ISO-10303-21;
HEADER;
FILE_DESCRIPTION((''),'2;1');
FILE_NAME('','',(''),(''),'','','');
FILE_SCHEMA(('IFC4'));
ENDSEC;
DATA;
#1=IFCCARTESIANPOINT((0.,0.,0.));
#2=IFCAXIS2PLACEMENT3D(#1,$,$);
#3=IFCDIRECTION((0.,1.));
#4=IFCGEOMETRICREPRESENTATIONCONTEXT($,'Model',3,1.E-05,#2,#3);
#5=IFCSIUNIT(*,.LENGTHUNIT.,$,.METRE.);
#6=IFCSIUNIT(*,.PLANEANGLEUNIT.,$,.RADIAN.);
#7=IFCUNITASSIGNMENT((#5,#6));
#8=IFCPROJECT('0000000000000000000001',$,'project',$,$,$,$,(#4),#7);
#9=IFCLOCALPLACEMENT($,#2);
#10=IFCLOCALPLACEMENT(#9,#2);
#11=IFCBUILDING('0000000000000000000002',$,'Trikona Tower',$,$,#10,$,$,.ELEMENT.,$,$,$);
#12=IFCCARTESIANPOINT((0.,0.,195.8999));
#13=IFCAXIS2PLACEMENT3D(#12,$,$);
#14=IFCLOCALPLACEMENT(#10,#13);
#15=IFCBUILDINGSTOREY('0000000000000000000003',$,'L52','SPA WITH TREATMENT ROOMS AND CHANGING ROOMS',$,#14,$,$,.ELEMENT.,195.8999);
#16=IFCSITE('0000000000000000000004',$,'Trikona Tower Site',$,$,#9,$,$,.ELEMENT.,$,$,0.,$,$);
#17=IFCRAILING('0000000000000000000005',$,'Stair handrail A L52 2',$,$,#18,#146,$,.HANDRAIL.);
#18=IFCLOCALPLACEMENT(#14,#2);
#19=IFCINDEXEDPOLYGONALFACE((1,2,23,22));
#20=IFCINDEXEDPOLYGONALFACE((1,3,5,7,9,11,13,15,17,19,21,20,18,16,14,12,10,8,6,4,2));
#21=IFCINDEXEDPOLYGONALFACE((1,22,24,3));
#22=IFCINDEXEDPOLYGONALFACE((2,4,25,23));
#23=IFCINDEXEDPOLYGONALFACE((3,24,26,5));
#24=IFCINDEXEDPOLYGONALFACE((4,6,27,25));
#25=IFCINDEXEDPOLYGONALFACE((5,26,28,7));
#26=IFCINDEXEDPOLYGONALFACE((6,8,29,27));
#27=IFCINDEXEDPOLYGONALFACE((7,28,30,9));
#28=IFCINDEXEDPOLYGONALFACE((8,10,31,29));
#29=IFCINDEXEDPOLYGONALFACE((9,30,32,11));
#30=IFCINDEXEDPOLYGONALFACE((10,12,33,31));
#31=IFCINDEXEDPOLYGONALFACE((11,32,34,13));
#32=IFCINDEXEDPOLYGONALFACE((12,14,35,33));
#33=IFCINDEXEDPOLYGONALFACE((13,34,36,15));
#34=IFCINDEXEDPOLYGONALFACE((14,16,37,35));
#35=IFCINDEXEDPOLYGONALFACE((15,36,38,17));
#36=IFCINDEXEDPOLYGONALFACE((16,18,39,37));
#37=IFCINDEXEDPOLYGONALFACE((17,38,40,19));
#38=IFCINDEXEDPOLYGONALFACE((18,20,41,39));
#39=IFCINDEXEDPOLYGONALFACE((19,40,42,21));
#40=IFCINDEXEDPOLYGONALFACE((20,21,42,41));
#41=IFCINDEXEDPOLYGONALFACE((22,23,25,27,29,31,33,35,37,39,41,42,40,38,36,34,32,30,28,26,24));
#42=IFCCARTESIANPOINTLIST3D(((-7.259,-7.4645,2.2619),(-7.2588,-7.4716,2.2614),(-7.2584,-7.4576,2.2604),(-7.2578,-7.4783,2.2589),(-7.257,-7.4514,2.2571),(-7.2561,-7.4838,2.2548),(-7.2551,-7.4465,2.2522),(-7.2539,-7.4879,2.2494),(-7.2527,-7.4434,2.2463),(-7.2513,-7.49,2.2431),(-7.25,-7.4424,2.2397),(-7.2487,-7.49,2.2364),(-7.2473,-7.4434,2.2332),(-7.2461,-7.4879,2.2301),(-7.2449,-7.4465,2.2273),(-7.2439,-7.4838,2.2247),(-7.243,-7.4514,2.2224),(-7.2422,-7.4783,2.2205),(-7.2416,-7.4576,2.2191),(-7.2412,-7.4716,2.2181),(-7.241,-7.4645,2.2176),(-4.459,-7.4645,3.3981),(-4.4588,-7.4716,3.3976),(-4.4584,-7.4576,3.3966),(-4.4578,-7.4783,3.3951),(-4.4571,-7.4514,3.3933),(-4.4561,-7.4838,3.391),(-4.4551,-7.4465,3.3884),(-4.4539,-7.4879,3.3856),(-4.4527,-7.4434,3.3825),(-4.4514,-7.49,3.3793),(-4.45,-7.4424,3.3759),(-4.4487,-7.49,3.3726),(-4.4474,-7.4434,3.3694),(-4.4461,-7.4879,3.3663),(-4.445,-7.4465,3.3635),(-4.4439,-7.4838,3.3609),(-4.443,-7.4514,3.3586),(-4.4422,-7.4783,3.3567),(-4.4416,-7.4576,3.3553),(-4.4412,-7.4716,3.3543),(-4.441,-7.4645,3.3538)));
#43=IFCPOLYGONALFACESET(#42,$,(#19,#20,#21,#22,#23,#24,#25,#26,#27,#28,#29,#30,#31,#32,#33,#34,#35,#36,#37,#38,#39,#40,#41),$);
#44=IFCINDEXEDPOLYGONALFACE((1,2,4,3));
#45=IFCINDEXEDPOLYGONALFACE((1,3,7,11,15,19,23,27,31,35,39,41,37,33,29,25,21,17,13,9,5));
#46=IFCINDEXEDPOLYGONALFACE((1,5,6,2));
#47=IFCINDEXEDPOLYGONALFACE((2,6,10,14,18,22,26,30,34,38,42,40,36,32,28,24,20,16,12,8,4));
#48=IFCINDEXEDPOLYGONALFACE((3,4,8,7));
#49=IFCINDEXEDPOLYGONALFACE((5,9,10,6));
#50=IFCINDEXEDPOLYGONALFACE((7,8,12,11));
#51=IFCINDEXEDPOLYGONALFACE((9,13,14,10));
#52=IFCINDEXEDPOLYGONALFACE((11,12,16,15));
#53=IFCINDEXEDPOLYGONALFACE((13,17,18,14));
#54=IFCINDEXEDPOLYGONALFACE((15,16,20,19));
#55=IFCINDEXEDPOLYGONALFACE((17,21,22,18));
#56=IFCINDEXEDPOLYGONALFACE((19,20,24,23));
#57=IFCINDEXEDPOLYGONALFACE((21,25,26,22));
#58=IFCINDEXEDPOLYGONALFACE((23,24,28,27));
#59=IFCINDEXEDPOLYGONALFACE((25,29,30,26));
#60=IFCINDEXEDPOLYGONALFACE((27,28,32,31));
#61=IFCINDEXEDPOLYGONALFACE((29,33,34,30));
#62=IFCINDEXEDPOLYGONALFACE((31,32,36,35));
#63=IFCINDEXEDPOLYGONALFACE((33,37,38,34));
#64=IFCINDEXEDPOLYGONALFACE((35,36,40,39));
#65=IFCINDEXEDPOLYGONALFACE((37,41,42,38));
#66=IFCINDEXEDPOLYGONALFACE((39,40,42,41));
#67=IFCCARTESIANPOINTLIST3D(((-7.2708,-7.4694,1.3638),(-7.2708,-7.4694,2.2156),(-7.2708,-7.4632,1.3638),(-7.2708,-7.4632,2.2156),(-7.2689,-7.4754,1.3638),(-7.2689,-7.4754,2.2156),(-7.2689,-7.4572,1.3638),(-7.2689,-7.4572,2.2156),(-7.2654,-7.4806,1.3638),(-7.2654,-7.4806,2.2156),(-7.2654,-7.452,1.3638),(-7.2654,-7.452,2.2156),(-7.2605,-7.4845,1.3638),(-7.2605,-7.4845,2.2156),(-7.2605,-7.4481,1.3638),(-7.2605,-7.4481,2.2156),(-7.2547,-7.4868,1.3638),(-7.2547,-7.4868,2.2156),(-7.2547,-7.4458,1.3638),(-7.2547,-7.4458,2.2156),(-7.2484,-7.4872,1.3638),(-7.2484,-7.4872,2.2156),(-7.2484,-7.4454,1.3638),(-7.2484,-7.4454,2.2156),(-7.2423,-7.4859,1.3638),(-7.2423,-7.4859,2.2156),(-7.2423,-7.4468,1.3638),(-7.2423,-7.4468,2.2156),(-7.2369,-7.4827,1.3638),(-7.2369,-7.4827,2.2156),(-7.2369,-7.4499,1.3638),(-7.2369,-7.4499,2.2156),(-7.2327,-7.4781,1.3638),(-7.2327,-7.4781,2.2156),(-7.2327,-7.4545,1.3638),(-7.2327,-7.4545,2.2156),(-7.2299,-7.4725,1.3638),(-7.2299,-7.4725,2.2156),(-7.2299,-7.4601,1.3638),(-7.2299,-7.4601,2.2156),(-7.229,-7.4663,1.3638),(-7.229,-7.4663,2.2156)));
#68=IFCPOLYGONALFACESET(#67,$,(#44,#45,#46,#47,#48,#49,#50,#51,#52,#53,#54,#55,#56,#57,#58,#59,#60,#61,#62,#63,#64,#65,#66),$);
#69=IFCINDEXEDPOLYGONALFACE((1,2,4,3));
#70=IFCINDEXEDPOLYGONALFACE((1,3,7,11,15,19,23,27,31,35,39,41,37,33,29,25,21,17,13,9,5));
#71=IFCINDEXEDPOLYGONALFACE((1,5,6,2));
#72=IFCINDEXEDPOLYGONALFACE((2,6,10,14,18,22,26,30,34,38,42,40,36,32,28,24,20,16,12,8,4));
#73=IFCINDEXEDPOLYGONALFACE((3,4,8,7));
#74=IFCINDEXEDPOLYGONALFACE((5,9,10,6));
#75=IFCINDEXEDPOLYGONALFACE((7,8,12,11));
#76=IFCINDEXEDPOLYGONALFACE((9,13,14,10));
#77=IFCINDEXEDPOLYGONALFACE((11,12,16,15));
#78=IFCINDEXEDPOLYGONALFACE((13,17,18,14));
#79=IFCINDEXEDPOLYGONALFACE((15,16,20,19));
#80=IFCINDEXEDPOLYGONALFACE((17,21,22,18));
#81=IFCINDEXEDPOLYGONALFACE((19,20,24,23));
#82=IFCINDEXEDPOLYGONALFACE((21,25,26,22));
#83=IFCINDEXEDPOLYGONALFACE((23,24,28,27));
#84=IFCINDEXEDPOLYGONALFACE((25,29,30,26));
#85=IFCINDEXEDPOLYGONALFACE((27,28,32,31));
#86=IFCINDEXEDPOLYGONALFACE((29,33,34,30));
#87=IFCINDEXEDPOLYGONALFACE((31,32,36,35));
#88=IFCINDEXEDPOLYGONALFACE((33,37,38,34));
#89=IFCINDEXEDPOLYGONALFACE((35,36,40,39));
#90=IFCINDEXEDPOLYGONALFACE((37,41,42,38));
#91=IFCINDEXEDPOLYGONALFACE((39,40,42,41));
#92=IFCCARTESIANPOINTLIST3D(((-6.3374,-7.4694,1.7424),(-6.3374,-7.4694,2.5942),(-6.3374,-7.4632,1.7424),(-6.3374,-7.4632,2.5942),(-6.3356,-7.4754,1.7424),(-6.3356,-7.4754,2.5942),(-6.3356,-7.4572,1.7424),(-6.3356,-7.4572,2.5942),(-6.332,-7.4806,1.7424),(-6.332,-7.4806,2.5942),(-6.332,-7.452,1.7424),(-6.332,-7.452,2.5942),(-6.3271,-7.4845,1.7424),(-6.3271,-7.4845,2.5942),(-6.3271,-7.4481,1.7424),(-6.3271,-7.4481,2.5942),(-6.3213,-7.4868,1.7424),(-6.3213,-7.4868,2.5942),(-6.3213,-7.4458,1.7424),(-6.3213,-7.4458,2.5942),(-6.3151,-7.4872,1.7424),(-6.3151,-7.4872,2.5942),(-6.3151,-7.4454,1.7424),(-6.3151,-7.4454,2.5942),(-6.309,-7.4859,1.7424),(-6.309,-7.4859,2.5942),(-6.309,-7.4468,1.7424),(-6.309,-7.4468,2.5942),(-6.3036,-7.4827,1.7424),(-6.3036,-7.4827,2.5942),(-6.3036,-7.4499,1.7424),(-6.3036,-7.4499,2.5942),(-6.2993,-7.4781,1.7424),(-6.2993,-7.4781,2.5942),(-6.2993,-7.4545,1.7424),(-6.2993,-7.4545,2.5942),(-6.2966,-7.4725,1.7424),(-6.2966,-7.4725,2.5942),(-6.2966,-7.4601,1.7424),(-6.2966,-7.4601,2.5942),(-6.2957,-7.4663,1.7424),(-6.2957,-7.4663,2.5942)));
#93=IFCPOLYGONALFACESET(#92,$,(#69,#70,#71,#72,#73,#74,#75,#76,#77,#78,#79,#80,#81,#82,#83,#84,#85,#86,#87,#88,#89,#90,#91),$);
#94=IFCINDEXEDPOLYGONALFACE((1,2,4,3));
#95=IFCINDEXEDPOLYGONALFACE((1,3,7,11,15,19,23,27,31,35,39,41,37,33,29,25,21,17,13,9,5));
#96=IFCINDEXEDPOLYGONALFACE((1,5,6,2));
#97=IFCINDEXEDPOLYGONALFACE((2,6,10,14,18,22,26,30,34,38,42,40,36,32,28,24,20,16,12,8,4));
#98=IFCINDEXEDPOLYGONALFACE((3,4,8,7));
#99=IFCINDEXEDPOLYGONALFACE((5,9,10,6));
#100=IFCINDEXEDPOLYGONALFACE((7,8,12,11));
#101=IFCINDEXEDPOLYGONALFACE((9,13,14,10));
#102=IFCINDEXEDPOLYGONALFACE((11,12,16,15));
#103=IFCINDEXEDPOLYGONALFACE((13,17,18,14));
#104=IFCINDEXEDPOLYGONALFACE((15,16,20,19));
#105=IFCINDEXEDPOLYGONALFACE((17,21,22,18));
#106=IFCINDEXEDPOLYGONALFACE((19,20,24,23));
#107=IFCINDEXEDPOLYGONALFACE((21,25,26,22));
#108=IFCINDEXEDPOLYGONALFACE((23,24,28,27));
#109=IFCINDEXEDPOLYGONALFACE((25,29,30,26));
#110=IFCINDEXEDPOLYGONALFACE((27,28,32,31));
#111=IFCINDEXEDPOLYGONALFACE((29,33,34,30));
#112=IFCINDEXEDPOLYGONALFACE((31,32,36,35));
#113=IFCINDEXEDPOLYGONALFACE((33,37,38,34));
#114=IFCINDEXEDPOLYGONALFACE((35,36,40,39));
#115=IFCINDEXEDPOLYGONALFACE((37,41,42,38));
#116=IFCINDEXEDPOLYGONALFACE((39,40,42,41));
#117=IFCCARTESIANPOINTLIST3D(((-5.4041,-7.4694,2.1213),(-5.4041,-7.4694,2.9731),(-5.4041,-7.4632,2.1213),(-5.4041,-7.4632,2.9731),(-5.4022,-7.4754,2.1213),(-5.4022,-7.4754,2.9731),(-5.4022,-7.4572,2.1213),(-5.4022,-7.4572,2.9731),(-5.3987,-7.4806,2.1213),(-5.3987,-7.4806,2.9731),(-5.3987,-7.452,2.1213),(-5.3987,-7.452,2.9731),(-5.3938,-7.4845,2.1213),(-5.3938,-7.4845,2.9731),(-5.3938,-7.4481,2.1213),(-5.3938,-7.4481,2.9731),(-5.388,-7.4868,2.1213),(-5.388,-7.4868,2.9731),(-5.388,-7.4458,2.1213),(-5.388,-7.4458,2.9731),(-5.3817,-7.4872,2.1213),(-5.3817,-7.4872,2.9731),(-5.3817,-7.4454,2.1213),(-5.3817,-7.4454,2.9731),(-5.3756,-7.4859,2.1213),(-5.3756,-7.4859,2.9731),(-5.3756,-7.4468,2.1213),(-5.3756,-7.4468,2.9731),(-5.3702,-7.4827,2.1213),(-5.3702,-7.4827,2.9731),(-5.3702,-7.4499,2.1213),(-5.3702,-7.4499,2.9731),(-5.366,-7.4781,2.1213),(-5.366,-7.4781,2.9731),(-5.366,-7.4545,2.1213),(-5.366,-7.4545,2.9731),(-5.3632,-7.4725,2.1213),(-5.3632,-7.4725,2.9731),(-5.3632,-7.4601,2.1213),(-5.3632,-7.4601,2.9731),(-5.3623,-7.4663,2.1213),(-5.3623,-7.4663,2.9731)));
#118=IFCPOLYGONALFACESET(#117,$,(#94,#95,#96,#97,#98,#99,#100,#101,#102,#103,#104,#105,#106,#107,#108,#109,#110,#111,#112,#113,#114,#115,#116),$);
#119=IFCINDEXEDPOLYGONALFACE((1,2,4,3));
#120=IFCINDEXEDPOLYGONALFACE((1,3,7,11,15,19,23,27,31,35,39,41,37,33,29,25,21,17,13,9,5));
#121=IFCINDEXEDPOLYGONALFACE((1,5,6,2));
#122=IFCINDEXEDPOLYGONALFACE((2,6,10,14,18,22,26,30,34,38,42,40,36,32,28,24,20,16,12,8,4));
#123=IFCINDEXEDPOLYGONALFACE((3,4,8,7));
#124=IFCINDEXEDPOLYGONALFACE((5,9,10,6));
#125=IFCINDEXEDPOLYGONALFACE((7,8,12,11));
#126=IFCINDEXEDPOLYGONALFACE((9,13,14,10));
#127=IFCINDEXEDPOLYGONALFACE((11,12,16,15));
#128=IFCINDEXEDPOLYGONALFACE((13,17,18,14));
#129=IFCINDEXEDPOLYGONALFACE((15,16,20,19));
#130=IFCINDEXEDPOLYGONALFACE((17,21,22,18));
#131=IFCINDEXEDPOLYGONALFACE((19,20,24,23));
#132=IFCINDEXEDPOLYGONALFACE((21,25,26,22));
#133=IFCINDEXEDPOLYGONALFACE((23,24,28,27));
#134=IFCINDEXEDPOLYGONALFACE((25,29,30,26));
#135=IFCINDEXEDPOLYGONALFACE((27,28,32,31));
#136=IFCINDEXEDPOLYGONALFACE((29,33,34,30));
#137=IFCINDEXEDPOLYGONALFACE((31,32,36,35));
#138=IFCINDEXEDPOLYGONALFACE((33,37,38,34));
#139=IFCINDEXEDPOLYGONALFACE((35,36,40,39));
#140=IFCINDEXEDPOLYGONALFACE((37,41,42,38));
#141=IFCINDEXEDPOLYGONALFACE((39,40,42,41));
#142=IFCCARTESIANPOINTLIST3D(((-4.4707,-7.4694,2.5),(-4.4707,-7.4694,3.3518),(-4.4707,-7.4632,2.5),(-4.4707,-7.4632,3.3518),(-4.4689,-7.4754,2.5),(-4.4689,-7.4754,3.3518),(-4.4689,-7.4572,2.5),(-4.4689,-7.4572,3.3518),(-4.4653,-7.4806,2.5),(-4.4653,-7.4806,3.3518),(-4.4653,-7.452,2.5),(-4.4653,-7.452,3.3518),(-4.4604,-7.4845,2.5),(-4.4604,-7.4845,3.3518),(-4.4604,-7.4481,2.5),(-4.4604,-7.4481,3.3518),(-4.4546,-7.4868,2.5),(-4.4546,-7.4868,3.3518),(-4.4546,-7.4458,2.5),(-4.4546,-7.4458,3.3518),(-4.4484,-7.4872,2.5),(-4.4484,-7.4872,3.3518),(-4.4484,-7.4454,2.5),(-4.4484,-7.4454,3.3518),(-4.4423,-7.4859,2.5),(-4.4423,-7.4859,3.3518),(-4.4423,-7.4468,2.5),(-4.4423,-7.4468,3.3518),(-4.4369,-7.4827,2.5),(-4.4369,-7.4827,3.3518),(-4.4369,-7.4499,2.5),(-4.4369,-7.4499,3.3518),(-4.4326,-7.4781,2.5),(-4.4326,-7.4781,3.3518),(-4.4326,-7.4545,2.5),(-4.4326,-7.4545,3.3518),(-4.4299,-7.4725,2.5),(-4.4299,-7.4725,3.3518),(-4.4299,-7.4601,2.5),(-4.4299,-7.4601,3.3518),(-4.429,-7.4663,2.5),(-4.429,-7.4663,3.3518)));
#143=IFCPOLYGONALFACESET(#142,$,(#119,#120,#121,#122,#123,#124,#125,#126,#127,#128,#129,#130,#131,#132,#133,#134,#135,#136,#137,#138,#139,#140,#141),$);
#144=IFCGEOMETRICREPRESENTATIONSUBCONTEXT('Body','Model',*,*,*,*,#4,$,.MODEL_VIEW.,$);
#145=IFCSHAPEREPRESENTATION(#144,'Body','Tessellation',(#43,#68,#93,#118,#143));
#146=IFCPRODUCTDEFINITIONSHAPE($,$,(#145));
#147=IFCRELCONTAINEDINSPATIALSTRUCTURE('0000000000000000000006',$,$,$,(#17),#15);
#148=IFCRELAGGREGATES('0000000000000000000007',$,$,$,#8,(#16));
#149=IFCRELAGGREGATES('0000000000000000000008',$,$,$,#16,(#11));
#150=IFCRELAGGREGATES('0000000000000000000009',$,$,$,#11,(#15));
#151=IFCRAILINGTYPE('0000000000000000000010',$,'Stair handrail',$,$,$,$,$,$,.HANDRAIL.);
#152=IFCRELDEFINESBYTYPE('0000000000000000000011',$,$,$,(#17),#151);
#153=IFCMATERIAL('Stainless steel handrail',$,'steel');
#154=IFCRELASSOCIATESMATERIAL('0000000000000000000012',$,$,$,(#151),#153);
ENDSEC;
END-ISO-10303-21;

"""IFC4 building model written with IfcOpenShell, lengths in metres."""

from ifc_helpers import new_model, si_unit, direction, frame, origin, origin_2d, place, context, subcontext, project, spatial, circle, extrude, material, type_object, element, save


model = new_model("IFC4")

# Units and contexts
model_context = context("Model", 3, precision=1e-05, world=origin(), true_north=direction((0.0, 1.0)))
body_context = subcontext(model_context, "Body", "Model", "MODEL_VIEW")
ifc_project = project(units=[si_unit("LENGTHUNIT", "METRE"), si_unit("PLANEANGLEUNIT", "RADIAN")], contexts=[model_context])

# Site, building, storey
site_placement = place(None, origin())
site = spatial("IfcSite", under=ifc_project, at=site_placement, Name="Trikona Tower Site", CompositionType="ELEMENT", RefElevation=0.0)
building_placement = place(site_placement, origin())
building = spatial("IfcBuilding", under=site, at=building_placement, Name="Trikona Tower", CompositionType="ELEMENT")
storey_placement = place(building_placement, frame((0.0, 0.0, 195.8999)))
storey = spatial("IfcBuildingStorey", under=building, at=storey_placement, Name="L52", Description="SPA WITH TREATMENT ROOMS AND CHANGING ROOMS", CompositionType="ELEMENT", Elevation=195.8999)

# Railing
ifc_material_1 = material(Name="Stainless steel handrail", Category="steel")
railing_type = type_object("IfcRailingType", Name="Stair handrail", PredefinedType="HANDRAIL", material=ifc_material_1)
railing_1_placement = place(storey_placement, frame((-7.25, -7.4663, 1.3638)))
element("IfcRailing", 1, at=railing_1_placement, inside=storey, type_object=railing_type, Name="Stair handrail A L52 2", PredefinedType="HANDRAIL", context=body_context, shape_type="SweptSolid", body=[
    extrude(circle(Radius=0.0239, at=origin_2d()), frame((0.0, 0.0, 0.876), z_axis=(0.926615, 0.0, 0.376011), x_axis=(0.0, 1.0, 0.0)), (0.0, 0.0, 1.0), 3.0217),
    extrude(circle(Radius=0.021, at=origin_2d()), origin(), (0.0, 0.0, 1.0), 0.8518),
    extrude(circle(Radius=0.021, at=origin_2d()), frame((0.9333, 0.0, 0.3787)), (0.0, 0.0, 1.0), 0.8518),
    extrude(circle(Radius=0.021, at=origin_2d()), frame((1.8667, 0.0, 0.7576)), (0.0, 0.0, 1.0), 0.8518),
    extrude(circle(Radius=0.021, at=origin_2d()), frame((2.8, 0.0, 1.1362)), (0.0, 0.0, 1.0), 0.8518),
])

save(model, "model.ifc")
